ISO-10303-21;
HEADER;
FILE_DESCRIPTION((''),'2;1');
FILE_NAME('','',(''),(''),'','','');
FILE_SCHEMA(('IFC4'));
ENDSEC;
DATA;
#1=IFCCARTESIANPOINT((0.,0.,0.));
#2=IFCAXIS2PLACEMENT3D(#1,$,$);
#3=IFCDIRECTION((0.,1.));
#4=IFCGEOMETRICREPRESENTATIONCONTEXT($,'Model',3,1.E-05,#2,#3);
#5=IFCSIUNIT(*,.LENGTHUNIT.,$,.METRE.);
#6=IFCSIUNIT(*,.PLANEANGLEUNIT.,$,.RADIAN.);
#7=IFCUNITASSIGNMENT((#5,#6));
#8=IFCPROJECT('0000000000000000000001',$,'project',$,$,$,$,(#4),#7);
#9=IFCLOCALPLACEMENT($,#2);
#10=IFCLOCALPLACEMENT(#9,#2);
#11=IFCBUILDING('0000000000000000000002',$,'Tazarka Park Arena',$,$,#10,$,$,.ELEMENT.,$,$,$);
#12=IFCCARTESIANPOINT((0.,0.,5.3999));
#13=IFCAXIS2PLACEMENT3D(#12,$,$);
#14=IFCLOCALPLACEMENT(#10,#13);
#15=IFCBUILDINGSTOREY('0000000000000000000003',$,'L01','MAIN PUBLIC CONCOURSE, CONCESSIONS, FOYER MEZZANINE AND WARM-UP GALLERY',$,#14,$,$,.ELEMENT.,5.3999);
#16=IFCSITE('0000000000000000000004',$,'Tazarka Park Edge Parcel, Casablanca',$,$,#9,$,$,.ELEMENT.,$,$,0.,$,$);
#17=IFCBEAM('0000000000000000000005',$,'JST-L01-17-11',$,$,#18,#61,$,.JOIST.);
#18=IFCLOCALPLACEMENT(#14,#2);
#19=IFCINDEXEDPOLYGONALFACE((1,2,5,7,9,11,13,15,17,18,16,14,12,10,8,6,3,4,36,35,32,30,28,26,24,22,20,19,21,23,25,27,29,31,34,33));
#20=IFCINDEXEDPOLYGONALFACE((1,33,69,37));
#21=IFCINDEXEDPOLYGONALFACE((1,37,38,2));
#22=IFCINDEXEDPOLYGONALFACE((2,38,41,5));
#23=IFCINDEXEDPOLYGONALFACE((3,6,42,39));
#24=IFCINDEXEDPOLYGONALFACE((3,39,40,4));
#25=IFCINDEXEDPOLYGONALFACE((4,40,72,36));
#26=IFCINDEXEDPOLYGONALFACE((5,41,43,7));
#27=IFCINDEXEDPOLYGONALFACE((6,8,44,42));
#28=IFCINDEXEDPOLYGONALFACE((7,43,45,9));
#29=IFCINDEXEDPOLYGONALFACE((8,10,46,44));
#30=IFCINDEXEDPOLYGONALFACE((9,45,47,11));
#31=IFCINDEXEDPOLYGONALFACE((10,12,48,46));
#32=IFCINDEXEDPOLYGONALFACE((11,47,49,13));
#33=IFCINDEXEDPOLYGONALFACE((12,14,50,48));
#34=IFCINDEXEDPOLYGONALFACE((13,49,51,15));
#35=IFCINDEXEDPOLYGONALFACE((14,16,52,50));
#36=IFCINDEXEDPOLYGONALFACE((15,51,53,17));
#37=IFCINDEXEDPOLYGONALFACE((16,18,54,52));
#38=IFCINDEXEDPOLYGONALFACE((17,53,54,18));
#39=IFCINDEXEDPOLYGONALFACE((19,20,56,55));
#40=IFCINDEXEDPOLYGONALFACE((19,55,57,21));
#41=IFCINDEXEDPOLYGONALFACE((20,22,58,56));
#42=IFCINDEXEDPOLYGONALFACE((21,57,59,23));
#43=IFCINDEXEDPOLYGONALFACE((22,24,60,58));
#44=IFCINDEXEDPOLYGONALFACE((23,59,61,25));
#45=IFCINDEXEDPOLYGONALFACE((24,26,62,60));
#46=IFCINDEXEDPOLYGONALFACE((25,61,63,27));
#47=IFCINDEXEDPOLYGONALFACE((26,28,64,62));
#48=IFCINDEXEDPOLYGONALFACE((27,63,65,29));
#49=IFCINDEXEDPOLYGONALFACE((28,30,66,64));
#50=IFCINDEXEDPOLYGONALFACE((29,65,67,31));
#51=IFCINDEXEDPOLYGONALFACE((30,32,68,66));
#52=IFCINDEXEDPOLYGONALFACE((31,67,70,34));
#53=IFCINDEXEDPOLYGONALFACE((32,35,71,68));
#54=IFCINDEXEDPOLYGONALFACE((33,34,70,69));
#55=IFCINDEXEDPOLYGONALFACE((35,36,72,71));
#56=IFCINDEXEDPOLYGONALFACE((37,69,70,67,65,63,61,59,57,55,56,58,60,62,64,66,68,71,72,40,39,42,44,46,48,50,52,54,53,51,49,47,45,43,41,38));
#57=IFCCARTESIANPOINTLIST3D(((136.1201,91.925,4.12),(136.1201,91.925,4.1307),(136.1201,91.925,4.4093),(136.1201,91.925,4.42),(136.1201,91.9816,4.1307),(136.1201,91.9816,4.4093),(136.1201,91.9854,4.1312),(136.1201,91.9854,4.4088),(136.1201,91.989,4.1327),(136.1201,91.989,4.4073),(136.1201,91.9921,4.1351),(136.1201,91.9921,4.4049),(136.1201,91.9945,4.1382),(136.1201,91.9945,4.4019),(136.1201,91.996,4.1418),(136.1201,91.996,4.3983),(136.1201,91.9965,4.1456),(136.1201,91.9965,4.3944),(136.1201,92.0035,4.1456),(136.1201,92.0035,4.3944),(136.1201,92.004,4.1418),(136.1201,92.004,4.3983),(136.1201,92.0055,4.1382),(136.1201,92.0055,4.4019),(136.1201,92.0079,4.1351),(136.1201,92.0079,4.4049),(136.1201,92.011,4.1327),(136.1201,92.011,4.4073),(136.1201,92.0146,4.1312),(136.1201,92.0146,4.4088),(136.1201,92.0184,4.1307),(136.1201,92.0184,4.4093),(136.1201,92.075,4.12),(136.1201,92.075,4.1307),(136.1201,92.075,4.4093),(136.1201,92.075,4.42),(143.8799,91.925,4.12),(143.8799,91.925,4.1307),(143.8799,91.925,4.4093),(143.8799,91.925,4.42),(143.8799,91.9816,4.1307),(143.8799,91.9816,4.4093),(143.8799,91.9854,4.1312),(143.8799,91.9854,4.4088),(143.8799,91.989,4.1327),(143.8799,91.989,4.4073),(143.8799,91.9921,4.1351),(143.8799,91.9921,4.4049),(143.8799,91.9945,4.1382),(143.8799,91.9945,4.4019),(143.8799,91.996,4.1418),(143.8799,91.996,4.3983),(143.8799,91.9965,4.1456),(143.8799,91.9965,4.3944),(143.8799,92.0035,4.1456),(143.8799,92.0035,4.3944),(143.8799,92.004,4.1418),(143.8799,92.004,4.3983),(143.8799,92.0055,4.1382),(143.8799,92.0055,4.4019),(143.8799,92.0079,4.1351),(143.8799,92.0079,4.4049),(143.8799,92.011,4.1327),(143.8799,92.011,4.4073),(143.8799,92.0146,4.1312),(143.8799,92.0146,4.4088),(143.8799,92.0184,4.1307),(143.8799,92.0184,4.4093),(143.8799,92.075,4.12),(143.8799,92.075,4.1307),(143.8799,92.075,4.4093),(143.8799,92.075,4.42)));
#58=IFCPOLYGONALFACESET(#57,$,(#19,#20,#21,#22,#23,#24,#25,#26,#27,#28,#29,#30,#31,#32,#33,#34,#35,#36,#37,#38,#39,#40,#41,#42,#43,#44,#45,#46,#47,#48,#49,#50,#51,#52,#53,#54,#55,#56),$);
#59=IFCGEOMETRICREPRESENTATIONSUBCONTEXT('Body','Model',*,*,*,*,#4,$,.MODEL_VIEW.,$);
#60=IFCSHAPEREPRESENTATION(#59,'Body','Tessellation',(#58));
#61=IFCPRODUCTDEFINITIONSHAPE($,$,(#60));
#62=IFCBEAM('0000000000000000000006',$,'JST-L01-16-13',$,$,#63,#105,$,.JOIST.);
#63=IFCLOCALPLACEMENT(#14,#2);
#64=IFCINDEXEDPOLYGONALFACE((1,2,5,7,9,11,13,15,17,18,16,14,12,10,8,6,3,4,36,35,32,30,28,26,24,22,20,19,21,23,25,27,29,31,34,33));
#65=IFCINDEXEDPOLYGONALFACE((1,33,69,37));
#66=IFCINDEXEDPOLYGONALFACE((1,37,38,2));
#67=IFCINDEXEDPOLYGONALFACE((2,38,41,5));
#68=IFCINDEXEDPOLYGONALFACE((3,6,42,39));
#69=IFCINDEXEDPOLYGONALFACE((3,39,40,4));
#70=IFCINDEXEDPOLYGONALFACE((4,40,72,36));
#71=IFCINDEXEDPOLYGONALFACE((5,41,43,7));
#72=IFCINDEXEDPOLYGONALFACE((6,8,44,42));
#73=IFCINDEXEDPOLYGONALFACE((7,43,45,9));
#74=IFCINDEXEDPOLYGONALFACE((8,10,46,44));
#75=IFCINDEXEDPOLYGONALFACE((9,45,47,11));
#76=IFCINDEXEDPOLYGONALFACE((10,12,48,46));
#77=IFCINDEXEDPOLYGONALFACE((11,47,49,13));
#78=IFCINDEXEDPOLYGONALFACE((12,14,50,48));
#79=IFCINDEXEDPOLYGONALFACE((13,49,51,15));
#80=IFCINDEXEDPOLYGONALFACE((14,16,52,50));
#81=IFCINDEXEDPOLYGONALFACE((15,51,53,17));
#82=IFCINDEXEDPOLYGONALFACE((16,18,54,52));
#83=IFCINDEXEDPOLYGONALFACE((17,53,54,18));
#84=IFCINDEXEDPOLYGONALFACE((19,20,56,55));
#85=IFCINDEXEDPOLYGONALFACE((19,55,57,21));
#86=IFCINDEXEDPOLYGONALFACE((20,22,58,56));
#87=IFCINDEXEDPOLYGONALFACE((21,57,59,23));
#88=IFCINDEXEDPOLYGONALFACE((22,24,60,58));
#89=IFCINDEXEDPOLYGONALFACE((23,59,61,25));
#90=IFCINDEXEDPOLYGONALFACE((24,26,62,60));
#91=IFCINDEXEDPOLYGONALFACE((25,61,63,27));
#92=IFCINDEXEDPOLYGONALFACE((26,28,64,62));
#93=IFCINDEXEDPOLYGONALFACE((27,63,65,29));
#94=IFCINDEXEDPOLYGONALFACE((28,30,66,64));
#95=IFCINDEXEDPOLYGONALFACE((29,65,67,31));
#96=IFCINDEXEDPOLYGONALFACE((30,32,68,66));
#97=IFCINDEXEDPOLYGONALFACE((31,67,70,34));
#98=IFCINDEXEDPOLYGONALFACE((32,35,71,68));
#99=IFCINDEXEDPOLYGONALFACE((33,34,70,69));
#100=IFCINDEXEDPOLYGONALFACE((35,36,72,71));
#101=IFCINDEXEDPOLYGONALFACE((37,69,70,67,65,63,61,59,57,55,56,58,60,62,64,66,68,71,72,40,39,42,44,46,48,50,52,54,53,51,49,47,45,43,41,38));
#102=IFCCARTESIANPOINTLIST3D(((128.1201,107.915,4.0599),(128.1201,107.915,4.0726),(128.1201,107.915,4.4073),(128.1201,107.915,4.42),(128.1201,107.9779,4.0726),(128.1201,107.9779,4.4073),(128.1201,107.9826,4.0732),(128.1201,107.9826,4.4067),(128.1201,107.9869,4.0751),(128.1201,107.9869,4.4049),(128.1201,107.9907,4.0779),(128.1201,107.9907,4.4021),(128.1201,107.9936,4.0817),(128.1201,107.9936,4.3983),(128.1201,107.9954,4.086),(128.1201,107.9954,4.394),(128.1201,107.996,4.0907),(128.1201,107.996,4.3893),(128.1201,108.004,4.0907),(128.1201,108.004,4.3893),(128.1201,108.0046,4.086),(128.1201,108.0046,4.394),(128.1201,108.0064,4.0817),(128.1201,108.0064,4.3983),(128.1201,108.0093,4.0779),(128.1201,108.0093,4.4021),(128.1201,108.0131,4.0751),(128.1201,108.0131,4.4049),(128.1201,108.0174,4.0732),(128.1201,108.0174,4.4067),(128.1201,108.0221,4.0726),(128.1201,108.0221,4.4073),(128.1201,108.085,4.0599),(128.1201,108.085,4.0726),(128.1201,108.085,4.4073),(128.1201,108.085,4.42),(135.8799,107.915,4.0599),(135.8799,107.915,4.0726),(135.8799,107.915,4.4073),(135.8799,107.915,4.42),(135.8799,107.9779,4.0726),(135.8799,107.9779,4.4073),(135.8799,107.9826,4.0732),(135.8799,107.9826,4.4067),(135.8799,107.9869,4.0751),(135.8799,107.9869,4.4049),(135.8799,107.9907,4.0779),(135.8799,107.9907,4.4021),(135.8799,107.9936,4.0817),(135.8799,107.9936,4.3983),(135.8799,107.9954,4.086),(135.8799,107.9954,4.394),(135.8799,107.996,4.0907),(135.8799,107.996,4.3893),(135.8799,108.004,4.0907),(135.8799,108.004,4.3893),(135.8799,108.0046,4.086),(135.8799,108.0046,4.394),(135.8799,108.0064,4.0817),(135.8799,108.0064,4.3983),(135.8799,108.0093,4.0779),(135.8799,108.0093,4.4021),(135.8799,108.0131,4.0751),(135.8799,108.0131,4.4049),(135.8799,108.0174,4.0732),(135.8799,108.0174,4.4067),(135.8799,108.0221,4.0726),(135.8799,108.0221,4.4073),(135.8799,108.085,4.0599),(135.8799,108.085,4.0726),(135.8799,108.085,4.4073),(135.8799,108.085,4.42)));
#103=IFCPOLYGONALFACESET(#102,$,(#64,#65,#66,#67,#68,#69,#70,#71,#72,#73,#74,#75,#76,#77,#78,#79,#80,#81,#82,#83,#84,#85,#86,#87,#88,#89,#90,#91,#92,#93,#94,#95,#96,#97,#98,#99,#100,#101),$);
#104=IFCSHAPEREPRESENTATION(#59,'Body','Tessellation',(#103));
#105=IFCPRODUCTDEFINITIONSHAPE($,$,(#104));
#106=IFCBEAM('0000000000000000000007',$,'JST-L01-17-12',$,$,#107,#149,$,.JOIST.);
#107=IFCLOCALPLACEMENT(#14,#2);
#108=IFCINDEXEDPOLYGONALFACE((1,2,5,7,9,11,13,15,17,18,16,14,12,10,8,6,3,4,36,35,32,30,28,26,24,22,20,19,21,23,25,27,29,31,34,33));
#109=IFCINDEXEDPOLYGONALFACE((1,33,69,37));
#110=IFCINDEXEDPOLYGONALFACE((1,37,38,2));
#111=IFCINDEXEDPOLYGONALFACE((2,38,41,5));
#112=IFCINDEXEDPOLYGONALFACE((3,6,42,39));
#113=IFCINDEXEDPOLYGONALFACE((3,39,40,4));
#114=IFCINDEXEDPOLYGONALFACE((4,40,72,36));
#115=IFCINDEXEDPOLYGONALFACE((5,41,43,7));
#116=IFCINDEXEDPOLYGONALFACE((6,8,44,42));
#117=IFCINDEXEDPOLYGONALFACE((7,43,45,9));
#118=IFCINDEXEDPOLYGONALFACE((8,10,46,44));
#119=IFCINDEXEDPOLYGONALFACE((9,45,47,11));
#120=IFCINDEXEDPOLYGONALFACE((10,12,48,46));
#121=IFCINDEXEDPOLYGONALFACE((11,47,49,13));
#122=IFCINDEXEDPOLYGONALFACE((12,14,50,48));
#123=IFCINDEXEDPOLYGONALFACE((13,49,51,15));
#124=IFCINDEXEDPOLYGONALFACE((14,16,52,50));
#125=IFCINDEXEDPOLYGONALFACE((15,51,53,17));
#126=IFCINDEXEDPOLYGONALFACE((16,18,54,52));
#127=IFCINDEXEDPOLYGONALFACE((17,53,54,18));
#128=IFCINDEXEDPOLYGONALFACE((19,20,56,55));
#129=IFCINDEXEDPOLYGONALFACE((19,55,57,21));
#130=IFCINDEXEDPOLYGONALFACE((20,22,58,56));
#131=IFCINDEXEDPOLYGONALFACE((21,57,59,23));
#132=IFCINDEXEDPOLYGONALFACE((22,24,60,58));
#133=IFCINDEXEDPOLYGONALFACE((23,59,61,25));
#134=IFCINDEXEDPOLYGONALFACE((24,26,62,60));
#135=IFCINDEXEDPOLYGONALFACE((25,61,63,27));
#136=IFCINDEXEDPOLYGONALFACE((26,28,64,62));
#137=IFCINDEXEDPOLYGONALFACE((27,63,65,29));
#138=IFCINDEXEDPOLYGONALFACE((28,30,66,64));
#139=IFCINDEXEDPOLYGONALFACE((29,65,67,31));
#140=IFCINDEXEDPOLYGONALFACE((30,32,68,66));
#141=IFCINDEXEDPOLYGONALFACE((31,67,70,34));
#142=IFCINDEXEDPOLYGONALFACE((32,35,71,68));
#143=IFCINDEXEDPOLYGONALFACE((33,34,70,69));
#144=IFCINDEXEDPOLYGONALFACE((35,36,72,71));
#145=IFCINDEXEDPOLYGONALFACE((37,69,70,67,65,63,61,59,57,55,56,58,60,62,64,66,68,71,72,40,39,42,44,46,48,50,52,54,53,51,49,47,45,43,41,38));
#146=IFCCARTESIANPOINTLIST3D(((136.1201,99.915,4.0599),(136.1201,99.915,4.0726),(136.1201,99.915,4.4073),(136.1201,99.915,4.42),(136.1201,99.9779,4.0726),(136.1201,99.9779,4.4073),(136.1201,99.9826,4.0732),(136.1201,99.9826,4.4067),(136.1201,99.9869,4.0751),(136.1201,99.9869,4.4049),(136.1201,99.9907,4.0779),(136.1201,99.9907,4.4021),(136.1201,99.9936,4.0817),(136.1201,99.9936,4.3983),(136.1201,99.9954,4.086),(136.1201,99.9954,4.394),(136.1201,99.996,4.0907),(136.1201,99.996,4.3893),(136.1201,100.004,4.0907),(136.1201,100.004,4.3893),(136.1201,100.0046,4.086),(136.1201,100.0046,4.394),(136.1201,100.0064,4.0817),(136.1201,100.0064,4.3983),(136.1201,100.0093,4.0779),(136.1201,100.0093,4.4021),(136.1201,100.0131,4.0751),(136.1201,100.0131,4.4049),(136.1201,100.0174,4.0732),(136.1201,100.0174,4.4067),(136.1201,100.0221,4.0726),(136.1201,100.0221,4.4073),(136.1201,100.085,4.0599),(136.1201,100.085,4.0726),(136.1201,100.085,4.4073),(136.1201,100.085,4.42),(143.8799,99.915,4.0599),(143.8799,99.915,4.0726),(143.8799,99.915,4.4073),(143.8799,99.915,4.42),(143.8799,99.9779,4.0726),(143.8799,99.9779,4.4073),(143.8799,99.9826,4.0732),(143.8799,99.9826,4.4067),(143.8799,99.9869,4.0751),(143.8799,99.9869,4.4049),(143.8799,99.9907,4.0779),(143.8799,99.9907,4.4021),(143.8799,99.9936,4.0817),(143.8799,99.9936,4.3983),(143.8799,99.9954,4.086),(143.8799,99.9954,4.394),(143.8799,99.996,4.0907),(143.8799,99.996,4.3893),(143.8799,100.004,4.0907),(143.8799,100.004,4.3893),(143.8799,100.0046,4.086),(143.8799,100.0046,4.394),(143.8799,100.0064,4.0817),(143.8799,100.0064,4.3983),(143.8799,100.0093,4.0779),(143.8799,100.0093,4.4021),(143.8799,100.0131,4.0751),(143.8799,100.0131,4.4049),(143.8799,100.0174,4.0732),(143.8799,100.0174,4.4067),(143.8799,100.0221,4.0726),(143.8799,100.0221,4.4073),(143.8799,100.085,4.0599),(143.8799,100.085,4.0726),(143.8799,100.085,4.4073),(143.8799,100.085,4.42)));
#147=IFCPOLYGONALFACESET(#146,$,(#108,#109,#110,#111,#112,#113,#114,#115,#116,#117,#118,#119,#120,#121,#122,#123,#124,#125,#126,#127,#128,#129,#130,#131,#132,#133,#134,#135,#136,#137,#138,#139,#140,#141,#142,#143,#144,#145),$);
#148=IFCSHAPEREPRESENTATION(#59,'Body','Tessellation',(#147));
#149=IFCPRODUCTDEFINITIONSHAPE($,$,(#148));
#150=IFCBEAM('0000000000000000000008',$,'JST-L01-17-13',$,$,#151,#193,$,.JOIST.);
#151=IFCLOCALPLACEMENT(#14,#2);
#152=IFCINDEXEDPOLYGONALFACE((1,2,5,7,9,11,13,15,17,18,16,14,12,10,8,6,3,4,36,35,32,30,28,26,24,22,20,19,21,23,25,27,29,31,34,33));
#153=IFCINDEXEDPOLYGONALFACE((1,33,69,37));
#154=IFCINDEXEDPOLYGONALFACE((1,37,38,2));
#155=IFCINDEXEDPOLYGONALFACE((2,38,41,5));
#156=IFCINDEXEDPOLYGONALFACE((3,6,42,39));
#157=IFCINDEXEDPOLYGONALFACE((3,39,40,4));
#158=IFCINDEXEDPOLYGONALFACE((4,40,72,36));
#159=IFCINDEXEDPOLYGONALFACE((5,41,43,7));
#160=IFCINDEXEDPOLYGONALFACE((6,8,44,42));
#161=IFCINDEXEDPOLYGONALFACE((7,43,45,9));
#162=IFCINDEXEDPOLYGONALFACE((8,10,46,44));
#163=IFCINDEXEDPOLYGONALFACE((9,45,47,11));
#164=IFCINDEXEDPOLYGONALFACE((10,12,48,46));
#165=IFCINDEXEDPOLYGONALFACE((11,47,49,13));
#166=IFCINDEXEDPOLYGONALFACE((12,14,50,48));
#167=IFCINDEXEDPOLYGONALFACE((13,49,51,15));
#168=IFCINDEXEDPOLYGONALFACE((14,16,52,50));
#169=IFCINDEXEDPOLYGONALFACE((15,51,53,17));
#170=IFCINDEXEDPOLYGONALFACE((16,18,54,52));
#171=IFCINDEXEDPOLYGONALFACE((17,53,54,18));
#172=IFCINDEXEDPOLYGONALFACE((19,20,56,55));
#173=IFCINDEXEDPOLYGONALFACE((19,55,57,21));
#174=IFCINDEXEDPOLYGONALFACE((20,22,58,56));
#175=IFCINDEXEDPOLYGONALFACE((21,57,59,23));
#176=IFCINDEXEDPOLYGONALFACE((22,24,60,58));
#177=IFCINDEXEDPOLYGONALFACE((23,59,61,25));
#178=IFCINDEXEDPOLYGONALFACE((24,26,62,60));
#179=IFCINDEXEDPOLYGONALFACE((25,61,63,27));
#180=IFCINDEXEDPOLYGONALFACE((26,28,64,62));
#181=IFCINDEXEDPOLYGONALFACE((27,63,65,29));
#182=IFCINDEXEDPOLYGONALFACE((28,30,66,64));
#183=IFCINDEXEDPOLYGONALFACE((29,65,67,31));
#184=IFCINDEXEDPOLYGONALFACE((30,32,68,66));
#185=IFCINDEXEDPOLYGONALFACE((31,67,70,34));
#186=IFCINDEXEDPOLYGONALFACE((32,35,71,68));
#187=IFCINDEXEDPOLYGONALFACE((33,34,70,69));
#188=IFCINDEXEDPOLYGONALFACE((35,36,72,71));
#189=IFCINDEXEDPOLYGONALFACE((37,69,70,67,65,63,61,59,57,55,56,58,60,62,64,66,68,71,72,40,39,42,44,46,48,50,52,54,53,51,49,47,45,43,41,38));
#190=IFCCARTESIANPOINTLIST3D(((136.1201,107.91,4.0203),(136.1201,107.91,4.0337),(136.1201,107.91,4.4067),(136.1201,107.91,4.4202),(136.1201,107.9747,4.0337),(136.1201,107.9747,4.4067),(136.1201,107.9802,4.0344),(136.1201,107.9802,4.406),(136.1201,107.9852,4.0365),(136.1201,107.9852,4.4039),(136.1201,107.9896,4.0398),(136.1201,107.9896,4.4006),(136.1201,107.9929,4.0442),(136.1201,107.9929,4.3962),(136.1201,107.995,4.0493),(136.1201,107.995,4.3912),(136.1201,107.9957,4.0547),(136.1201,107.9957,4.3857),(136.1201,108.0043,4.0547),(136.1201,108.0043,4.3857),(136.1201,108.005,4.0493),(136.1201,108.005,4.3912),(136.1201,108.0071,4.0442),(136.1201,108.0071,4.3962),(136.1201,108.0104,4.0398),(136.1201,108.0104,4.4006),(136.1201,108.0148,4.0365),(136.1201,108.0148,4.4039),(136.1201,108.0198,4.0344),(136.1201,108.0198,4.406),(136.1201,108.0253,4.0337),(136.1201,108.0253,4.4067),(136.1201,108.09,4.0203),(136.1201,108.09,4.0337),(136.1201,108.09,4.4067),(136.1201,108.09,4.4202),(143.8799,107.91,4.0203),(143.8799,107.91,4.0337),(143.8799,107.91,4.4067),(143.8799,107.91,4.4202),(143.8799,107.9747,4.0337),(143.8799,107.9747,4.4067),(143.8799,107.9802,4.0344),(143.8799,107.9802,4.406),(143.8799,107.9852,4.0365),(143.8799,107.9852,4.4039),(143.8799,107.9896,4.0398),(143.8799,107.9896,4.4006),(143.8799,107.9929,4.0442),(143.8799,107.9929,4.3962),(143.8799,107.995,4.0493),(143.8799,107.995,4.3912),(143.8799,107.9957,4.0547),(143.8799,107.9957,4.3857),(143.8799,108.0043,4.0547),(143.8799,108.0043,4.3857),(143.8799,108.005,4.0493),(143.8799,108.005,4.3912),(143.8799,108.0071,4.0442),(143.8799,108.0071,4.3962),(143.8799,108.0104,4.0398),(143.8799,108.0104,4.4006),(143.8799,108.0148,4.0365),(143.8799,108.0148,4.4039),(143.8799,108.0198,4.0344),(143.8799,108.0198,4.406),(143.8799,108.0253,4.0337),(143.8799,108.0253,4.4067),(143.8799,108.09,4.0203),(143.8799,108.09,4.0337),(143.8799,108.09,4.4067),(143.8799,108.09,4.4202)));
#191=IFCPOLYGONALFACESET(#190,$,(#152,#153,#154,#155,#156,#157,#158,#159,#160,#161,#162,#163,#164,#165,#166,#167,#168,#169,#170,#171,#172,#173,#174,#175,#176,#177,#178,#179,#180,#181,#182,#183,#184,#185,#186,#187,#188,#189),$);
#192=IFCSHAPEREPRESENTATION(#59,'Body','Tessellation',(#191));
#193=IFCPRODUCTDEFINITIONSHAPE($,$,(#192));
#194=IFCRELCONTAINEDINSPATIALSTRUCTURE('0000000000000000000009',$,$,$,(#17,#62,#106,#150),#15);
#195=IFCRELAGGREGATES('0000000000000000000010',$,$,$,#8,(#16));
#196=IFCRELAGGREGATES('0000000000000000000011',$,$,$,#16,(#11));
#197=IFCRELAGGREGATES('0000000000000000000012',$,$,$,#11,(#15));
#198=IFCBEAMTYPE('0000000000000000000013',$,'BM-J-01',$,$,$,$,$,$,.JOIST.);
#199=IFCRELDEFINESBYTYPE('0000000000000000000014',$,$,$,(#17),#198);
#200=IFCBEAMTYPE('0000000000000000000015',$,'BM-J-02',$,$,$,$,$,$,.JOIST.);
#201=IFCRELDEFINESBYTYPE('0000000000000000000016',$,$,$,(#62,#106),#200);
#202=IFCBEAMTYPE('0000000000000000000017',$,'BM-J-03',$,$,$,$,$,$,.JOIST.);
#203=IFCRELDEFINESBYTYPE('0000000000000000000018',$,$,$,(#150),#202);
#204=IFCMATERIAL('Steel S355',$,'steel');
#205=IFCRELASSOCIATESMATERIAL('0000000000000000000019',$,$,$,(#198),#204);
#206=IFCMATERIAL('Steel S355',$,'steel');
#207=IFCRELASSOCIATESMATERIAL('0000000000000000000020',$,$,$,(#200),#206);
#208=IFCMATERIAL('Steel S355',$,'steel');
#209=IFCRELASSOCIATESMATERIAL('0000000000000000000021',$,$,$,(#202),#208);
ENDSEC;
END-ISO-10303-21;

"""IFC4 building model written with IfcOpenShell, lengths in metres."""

from ifc_helpers import new_model, si_unit, direction, frame, origin, origin_2d, place, context, subcontext, project, spatial, i_section, extrude, material, material_profile, profile_set, type_object, element, save


model = new_model("IFC4")

# Units and contexts
model_context = context("Model", 3, precision=1e-05, world=origin(), true_north=direction((0.0, 1.0)))
body_context = subcontext(model_context, "Body", "Model", "MODEL_VIEW")
ifc_project = project(units=[si_unit("LENGTHUNIT", "METRE"), si_unit("PLANEANGLEUNIT", "RADIAN")], contexts=[model_context])

# Site, building, storey
site_placement = place(None, origin())
site = spatial("IfcSite", under=ifc_project, at=site_placement, Name="Tazarka Park Edge Parcel, Casablanca", CompositionType="ELEMENT", RefElevation=0.0)
building_placement = place(site_placement, origin())
building = spatial("IfcBuilding", under=site, at=building_placement, Name="Tazarka Park Arena", CompositionType="ELEMENT")
storey_placement = place(building_placement, frame((0.0, 0.0, 5.3999)))
storey = spatial("IfcBuildingStorey", under=building, at=storey_placement, Name="L01", Description="MAIN PUBLIC CONCOURSE, CONCESSIONS, FOYER MEZZANINE AND WARM-UP GALLERY", CompositionType="ELEMENT", Elevation=5.3999)

# Beams
ifc_material_1 = material(Name="Steel S355", Category="steel")
ifc_material_profile_1 = material_profile(ifc_material_1, i_section(OverallWidth=0.1499, OverallDepth=0.3, WebThickness=0.0071, FlangeThickness=0.0107, FilletRadius=0.0149, at=origin_2d()), Name="Steel S355")
ifc_profile_set_1 = profile_set([ifc_material_profile_1], Name="Steel S355")
beam_type_1 = type_object("IfcBeamType", Name="BM-J-01", PredefinedType="JOIST", material=ifc_profile_set_1)
beam_1_placement = place(storey_placement, frame((136.1201, 92.0, 4.27), z_axis=(1.0, 0.0, 0.0), x_axis=(0.0, 1.0, 0.0)))
element("IfcBeam", 1, at=beam_1_placement, inside=storey, type_object=beam_type_1, Name="JST-L01-17-11", PredefinedType="JOIST", context=body_context, shape_type="SweptSolid", body=[
    extrude(i_section(OverallWidth=0.1499, OverallDepth=0.3, WebThickness=0.0071, FlangeThickness=0.0107, FilletRadius=0.0149, at=origin_2d()), origin(), (0.0, 0.0, 1.0), 7.7598),
])
ifc_material_2 = material(Name="Steel S355", Category="steel")
ifc_material_profile_2 = material_profile(ifc_material_2, i_section(OverallWidth=0.1699, OverallDepth=0.3601, WebThickness=0.0081, FlangeThickness=0.0127, FilletRadius=0.0181, at=origin_2d()), Name="Steel S355")
ifc_profile_set_2 = profile_set([ifc_material_profile_2], Name="Steel S355")
beam_type_2 = type_object("IfcBeamType", Name="BM-J-02", PredefinedType="JOIST", material=ifc_profile_set_2)
for number, where, z_axis, x_axis, name in (
    (2, (128.1201, 108.0, 4.24), (1.0, 0.0, 0.0), (0.0, 1.0, 0.0), "JST-L01-16-13"),
    (3, (136.1201, 100.0, 4.24), (1.0, 0.0, 0.0), (0.0, 1.0, 0.0), "JST-L01-17-12"),
):
    element("IfcBeam", number, at=place(storey_placement, frame(where, z_axis=z_axis, x_axis=x_axis)), inside=storey, type_object=beam_type_2, Name=name, PredefinedType="JOIST", context=body_context, shape_type="SweptSolid", body=[
        extrude(i_section(OverallWidth=0.1699, OverallDepth=0.3601, WebThickness=0.0081, FlangeThickness=0.0127, FilletRadius=0.0181, at=origin_2d()), origin(), (0.0, 0.0, 1.0), 7.7598),
    ])
ifc_material_3 = material(Name="Steel S355", Category="steel")
ifc_material_profile_3 = material_profile(ifc_material_3, i_section(OverallWidth=0.1799, OverallDepth=0.3999, WebThickness=0.0085, FlangeThickness=0.0134, FilletRadius=0.021, at=origin_2d()), Name="Steel S355")
ifc_profile_set_3 = profile_set([ifc_material_profile_3], Name="Steel S355")
beam_type_3 = type_object("IfcBeamType", Name="BM-J-03", PredefinedType="JOIST", material=ifc_profile_set_3)
beam_2_placement = place(storey_placement, frame((136.1201, 108.0, 4.2202), z_axis=(1.0, 0.0, 0.0), x_axis=(0.0, 1.0, 0.0)))
element("IfcBeam", 4, at=beam_2_placement, inside=storey, type_object=beam_type_3, Name="JST-L01-17-13", PredefinedType="JOIST", context=body_context, shape_type="SweptSolid", body=[
    extrude(i_section(OverallWidth=0.1799, OverallDepth=0.3999, WebThickness=0.0085, FlangeThickness=0.0134, FilletRadius=0.021, at=origin_2d()), origin(), (0.0, 0.0, 1.0), 7.7598),
])

save(model, "model.ifc")
